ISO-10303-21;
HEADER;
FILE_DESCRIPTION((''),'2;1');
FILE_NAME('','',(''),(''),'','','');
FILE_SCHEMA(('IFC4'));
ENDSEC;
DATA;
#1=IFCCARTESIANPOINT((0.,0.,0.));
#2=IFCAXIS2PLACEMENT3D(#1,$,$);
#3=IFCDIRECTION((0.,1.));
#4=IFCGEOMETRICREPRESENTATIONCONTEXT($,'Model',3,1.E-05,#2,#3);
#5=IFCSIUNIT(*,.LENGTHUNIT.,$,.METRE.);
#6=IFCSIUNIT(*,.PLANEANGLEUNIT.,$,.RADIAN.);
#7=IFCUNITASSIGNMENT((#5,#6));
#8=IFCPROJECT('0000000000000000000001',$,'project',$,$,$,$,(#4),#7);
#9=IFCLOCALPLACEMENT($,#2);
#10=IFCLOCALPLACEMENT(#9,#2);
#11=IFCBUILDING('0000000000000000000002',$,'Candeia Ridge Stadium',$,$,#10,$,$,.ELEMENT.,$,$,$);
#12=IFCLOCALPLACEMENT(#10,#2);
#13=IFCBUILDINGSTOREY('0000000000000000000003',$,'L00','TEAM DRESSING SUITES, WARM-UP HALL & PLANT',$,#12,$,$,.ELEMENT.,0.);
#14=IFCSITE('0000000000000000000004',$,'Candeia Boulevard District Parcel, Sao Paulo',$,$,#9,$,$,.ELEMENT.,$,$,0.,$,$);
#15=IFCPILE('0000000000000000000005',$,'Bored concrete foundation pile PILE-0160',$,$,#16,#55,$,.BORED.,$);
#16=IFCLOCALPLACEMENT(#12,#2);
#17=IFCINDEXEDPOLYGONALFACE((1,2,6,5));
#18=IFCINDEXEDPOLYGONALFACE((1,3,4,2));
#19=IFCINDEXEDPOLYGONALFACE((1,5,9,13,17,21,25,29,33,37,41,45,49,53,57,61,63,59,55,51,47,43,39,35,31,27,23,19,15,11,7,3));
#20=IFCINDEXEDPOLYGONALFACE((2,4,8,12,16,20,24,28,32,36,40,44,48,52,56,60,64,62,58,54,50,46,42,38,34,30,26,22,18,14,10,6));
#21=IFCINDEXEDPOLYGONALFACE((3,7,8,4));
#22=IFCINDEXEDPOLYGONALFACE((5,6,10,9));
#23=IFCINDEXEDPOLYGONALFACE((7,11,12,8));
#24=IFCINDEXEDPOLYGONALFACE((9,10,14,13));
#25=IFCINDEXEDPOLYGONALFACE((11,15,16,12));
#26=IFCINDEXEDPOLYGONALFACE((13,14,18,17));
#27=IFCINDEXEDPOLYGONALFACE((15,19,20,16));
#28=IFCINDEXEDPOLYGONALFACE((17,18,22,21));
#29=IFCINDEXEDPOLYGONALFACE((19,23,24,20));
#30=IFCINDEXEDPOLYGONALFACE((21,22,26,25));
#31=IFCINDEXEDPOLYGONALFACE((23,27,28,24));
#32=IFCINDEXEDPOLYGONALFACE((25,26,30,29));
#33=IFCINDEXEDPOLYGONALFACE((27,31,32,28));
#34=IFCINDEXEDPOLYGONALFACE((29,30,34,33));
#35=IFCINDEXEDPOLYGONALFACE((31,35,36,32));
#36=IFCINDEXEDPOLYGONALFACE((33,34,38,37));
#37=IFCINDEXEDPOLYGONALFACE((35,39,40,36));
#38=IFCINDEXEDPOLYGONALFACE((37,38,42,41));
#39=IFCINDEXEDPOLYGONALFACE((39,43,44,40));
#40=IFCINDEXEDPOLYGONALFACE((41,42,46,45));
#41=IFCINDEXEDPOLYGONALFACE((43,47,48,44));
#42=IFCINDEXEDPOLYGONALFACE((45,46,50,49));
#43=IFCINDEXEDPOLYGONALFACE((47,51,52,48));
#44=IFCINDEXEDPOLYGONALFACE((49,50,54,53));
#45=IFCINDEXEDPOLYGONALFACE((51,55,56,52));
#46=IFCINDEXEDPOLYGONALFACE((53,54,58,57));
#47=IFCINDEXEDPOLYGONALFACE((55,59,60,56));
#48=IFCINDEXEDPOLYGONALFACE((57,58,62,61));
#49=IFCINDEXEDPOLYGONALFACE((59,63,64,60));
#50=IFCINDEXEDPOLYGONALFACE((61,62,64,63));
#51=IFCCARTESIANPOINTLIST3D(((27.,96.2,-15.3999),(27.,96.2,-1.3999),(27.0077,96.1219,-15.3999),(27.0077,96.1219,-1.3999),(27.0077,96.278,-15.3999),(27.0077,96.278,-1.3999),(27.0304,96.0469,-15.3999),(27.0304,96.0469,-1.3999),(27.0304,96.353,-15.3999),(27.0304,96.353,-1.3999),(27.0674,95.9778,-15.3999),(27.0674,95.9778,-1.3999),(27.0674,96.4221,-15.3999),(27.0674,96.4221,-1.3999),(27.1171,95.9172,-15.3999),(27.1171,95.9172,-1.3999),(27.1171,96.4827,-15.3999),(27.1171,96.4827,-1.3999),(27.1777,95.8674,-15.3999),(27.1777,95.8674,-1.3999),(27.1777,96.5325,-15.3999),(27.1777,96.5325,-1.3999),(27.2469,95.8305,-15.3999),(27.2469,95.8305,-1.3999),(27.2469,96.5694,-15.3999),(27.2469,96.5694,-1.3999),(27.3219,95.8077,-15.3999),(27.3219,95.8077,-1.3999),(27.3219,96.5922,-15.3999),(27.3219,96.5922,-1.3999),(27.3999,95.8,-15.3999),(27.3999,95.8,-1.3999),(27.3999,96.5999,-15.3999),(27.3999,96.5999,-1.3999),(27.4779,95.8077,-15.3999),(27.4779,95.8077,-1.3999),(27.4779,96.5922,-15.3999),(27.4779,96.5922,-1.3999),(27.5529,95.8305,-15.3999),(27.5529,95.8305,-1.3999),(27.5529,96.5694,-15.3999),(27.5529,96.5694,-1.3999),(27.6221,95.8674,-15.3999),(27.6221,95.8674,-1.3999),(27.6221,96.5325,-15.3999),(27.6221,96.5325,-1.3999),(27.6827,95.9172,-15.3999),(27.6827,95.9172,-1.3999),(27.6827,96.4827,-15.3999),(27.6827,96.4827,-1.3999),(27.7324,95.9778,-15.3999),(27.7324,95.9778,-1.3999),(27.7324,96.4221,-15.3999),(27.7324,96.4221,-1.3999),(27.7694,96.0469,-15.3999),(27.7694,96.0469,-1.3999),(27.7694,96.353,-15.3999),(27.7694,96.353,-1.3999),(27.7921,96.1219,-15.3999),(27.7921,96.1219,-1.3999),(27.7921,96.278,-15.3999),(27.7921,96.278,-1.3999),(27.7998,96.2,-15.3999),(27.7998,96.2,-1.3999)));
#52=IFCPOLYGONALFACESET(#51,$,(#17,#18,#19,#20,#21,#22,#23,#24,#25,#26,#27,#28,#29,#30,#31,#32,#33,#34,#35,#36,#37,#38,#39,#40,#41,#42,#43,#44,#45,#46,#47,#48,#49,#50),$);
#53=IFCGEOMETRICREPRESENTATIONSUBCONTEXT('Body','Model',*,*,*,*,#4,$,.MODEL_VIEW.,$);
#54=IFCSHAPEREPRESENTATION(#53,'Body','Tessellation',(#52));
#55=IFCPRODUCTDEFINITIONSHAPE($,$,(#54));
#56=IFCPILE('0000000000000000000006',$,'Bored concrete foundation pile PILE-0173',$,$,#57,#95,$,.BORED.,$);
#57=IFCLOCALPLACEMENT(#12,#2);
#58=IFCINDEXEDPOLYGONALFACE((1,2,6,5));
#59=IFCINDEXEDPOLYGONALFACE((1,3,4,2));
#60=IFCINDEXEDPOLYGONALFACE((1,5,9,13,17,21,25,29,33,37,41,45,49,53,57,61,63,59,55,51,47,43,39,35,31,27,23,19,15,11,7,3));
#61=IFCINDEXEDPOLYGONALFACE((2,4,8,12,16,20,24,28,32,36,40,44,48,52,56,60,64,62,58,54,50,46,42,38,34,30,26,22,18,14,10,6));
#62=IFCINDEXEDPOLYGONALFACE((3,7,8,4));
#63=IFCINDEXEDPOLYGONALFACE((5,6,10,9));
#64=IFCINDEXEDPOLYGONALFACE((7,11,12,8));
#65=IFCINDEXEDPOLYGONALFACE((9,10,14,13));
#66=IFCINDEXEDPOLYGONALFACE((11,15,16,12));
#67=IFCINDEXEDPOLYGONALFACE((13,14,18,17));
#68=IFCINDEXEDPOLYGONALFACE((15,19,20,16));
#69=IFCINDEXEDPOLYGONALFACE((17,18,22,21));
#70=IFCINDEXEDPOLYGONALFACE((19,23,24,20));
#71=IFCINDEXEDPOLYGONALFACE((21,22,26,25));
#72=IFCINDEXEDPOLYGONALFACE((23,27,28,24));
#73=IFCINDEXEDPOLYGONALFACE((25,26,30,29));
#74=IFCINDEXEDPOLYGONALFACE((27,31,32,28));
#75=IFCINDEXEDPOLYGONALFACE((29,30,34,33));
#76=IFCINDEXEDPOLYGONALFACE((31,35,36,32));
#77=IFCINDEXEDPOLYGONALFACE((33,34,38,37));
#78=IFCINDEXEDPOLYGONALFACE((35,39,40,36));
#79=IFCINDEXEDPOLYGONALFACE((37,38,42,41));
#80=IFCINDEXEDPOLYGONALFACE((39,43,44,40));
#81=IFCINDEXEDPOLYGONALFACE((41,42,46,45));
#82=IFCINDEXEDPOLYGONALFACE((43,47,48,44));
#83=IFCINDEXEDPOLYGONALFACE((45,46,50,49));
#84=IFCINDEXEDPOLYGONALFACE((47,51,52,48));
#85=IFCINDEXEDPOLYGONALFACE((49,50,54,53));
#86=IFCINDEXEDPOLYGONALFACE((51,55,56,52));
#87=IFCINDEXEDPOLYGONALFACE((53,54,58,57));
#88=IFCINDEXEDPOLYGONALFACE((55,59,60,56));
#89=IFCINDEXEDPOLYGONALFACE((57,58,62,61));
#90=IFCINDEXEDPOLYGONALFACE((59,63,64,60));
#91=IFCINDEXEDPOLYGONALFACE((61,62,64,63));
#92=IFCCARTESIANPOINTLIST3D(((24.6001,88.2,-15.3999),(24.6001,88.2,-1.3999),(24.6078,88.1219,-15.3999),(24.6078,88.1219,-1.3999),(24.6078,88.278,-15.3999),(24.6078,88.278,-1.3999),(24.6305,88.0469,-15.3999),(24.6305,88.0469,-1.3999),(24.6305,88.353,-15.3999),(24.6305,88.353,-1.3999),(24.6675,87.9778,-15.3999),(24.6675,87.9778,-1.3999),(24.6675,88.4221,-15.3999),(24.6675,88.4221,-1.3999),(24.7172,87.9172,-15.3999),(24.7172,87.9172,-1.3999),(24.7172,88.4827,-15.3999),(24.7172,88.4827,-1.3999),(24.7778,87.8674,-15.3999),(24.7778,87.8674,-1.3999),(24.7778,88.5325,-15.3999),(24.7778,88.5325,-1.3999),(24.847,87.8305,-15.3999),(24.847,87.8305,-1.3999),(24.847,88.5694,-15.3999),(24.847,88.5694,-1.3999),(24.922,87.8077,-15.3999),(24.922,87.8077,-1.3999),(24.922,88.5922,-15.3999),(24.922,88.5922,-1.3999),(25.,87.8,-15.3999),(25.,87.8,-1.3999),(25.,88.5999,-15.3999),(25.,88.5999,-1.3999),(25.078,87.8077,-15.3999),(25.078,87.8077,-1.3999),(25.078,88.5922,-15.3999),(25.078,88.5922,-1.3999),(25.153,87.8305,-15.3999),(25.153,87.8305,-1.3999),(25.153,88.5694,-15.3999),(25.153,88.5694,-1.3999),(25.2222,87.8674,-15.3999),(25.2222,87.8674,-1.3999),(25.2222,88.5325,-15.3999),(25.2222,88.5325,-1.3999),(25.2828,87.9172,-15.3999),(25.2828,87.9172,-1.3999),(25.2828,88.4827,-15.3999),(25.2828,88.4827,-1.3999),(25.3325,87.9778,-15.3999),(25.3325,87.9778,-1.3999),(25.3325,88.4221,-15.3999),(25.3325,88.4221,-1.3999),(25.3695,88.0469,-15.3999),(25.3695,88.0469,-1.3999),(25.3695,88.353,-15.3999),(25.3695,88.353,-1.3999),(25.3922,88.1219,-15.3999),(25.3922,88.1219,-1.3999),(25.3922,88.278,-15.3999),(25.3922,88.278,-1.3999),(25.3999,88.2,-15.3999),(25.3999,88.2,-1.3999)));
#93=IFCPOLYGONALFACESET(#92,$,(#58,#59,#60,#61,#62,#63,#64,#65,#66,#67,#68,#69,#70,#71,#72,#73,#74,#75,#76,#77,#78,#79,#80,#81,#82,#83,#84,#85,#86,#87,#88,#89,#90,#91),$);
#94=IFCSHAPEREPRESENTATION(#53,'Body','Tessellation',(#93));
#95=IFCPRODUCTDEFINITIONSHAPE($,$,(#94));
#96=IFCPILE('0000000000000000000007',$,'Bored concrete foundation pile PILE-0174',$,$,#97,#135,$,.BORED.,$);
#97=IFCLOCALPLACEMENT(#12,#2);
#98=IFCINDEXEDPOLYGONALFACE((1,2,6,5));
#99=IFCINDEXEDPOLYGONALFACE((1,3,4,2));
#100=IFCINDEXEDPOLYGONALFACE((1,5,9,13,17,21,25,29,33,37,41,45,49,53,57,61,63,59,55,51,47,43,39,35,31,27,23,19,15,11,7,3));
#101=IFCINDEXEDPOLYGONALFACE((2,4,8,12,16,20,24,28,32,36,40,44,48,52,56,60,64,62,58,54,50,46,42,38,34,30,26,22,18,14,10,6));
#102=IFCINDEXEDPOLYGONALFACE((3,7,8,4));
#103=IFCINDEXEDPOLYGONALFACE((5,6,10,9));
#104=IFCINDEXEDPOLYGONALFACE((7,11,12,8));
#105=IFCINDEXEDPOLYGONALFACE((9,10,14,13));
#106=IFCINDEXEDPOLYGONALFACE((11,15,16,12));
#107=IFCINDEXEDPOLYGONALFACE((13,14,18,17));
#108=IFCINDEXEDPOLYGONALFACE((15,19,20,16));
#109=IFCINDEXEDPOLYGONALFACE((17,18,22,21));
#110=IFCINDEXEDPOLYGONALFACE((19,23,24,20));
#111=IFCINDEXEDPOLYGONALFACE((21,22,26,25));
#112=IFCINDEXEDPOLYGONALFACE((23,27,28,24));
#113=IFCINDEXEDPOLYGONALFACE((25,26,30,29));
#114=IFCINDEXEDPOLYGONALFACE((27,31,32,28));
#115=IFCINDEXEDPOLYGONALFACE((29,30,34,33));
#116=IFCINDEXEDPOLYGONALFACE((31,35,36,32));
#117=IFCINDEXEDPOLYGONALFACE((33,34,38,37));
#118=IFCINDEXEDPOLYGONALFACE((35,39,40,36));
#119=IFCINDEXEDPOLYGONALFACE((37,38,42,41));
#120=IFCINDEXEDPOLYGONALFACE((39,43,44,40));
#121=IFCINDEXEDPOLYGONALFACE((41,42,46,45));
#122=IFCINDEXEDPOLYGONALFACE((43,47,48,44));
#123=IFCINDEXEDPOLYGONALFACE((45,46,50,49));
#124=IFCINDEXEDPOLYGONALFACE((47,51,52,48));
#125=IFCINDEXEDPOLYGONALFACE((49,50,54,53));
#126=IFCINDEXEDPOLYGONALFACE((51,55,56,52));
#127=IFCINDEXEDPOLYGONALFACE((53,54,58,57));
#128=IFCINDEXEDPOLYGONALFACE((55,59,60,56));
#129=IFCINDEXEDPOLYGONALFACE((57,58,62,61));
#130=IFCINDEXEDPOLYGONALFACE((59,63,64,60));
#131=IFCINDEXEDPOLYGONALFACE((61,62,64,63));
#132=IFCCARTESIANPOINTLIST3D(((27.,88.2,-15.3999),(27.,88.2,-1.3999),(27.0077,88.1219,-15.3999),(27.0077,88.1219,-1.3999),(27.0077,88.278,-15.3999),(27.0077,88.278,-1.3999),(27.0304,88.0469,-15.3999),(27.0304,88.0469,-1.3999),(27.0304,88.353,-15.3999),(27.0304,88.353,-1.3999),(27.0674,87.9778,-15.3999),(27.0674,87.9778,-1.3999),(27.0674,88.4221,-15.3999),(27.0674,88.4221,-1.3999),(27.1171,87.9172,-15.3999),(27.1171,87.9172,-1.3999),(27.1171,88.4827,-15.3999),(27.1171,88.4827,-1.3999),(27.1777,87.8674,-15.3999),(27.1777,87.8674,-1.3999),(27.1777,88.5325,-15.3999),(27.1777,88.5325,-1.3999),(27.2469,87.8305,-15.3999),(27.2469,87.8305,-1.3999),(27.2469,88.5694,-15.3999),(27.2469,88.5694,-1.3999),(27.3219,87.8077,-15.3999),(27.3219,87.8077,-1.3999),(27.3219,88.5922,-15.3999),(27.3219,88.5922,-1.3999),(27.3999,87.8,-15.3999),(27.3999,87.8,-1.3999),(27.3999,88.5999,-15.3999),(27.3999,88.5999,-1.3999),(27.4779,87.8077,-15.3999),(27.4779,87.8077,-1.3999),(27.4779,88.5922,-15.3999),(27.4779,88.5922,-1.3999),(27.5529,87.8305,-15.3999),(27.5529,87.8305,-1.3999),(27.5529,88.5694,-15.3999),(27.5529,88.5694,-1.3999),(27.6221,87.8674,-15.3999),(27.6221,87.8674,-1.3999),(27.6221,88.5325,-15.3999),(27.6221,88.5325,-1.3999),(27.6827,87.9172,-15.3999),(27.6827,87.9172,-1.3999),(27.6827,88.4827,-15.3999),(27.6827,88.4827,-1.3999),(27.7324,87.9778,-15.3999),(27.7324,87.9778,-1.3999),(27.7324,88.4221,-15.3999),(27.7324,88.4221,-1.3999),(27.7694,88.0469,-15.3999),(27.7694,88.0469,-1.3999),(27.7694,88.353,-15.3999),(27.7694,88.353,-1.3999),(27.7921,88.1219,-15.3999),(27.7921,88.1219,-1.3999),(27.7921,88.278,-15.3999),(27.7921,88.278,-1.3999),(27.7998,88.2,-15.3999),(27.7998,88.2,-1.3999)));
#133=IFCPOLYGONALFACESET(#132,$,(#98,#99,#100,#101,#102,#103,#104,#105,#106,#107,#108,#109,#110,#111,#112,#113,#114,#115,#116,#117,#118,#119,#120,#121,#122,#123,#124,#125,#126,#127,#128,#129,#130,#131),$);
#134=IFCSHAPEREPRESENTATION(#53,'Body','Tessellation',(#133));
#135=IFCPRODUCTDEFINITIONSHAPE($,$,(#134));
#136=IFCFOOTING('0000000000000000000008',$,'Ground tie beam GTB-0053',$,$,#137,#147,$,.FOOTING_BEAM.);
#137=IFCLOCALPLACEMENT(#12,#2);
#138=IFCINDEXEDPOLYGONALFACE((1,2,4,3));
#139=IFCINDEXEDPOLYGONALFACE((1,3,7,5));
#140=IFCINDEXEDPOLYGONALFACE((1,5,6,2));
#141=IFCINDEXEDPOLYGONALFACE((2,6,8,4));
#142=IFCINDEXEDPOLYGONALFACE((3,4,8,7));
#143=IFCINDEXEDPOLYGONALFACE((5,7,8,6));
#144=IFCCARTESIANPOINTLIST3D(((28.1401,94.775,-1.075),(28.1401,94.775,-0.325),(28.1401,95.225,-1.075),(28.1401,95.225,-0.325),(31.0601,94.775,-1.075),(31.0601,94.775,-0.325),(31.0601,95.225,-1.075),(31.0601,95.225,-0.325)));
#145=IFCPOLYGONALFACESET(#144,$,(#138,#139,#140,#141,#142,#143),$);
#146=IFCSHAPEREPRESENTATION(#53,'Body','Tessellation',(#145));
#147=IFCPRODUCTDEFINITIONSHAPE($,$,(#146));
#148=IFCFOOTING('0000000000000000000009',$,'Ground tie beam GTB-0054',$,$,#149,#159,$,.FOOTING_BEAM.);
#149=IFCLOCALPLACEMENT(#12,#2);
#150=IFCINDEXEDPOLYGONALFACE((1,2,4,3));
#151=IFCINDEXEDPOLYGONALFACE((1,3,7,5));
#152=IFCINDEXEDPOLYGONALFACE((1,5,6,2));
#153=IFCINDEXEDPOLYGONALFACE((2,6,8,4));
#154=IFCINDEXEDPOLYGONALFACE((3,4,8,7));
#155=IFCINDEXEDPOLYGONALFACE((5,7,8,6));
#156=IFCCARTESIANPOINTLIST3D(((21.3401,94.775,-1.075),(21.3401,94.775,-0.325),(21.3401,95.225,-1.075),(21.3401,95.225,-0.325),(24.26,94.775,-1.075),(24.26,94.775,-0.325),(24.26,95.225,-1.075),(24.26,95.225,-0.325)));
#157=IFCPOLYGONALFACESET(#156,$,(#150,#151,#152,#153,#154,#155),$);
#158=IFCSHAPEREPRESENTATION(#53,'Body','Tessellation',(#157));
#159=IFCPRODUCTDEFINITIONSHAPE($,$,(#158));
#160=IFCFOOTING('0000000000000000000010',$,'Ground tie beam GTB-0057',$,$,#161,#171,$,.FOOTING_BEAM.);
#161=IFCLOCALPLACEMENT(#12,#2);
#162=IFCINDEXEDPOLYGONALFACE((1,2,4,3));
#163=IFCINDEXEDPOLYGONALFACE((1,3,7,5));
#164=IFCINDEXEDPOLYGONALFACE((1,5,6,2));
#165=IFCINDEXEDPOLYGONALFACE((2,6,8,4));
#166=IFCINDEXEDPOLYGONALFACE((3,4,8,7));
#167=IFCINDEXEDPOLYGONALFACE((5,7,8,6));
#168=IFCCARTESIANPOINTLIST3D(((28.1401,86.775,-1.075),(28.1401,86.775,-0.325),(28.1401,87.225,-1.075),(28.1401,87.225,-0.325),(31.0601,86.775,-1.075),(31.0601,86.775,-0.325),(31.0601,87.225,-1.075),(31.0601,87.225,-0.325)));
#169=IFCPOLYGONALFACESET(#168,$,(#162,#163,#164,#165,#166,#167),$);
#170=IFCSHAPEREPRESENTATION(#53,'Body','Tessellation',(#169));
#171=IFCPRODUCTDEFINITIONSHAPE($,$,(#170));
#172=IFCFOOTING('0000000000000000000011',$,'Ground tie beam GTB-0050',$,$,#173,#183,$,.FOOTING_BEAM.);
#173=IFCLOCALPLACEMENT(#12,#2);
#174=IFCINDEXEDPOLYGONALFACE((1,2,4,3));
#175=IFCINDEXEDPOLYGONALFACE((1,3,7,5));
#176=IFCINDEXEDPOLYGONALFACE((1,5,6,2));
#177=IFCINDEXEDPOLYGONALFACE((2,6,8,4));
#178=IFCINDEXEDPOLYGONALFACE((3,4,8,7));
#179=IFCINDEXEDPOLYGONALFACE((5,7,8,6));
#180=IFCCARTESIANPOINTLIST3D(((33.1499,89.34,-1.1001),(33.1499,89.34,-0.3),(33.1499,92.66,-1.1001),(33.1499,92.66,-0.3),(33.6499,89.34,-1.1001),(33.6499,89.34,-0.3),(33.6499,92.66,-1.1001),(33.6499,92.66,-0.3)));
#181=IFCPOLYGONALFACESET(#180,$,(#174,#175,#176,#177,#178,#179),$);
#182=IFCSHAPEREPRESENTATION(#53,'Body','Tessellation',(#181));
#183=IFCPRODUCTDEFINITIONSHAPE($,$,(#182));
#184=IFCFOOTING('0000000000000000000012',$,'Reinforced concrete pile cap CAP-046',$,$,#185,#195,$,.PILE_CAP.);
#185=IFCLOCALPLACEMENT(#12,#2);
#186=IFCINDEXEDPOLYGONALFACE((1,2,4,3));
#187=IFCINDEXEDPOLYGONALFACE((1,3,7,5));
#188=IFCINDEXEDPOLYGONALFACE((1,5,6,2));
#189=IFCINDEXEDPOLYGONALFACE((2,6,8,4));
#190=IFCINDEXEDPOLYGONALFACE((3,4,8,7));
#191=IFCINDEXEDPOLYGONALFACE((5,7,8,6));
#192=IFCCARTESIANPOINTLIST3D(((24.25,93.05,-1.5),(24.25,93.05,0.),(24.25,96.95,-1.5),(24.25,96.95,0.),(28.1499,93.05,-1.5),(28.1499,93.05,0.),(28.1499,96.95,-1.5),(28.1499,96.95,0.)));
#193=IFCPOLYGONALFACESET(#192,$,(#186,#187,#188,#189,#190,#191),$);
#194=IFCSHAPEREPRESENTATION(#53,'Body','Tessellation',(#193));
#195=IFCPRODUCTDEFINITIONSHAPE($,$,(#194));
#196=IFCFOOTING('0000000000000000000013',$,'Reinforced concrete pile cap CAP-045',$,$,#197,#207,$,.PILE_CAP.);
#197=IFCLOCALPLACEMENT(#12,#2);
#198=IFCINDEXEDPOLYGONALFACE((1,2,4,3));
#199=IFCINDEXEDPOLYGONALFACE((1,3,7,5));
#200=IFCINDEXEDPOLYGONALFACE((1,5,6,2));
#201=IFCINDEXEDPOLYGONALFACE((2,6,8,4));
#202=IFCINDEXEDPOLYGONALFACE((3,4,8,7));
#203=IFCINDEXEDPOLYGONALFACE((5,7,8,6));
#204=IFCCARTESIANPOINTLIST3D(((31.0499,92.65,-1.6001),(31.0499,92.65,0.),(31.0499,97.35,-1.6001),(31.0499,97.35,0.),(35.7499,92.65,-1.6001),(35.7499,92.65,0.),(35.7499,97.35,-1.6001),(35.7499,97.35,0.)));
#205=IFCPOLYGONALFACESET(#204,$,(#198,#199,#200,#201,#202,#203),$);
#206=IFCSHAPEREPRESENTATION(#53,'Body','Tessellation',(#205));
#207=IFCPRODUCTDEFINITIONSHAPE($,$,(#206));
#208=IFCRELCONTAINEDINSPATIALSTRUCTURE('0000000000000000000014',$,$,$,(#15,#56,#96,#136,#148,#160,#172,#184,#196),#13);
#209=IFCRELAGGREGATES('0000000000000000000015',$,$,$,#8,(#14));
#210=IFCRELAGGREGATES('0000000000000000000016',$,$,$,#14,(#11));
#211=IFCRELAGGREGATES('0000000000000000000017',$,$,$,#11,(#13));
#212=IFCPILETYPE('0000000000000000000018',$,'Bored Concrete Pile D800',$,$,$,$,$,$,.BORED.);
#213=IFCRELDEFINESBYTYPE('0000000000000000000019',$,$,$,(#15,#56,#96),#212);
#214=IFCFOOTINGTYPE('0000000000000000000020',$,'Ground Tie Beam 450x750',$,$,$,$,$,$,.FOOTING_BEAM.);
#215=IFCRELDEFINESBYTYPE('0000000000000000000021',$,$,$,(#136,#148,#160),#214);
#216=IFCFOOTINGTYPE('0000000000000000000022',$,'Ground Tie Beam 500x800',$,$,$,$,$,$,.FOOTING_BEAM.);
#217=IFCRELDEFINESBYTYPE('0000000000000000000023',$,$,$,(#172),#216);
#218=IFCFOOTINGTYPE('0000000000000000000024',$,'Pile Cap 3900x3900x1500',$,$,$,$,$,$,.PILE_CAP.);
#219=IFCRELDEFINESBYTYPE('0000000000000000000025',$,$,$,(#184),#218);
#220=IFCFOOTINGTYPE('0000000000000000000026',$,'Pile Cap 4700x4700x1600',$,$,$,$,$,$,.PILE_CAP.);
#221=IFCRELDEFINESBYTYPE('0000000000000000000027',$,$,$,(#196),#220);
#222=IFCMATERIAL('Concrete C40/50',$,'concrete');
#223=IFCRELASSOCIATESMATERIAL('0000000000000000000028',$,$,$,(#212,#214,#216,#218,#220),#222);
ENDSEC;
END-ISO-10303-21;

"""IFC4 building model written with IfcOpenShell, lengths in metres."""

from ifc_helpers import new_model, si_unit, direction, frame, origin, origin_2d, place, context, subcontext, project, spatial, rectangle, circle, extrude, material, material_profile, profile_set, type_object, element, save


model = new_model("IFC4")

# Units and contexts
model_context = context("Model", 3, precision=1e-05, world=origin(), true_north=direction((0.0, 1.0)))
body_context = subcontext(model_context, "Body", "Model", "MODEL_VIEW")
ifc_project = project(units=[si_unit("LENGTHUNIT", "METRE"), si_unit("PLANEANGLEUNIT", "RADIAN")], contexts=[model_context])

# Site, building, storey
site_placement = place(None, origin())
site = spatial("IfcSite", under=ifc_project, at=site_placement, Name="Candeia Boulevard District Parcel, Sao Paulo", CompositionType="ELEMENT", RefElevation=0.0)
building_placement = place(site_placement, origin())
building = spatial("IfcBuilding", under=site, at=building_placement, Name="Candeia Ridge Stadium", CompositionType="ELEMENT")
storey_placement = place(building_placement, origin())
storey = spatial("IfcBuildingStorey", under=building, at=storey_placement, Name="L00", Description="TEAM DRESSING SUITES, WARM-UP HALL & PLANT", CompositionType="ELEMENT", Elevation=0.0)

# Piles
ifc_material_1 = material(Name="Concrete C40/50", Category="concrete")
ifc_material_profile_1 = material_profile(ifc_material_1, circle(Radius=0.3999, at=origin_2d()), Name="PILE-D800", Category="concrete")
ifc_profile_set_1 = profile_set([ifc_material_profile_1], Name="Concrete C40/50")
pile_type_1 = type_object("IfcPileType", Name="Bored Concrete Pile D800", PredefinedType="BORED", material=ifc_profile_set_1)
for number, where, z_axis, x_axis, name in (
    (1, (27.3999, 96.2, -1.3999), (0.0, 0.0, -1.0), (1.0, 0.0, 0.0), "Bored concrete foundation pile PILE-0160"),
    (2, (25.0, 88.2, -1.3999), (0.0, 0.0, -1.0), (1.0, 0.0, 0.0), "Bored concrete foundation pile PILE-0173"),
    (3, (27.3999, 88.2, -1.3999), (0.0, 0.0, -1.0), (1.0, 0.0, 0.0), "Bored concrete foundation pile PILE-0174"),
):
    element("IfcPile", number, at=place(storey_placement, frame(where, z_axis=z_axis, x_axis=x_axis)), inside=storey, type_object=pile_type_1, Name=name, PredefinedType="BORED", context=body_context, shape_type="SweptSolid", body=[
        extrude(circle(Radius=0.3999, at=origin_2d()), origin(), (0.0, 0.0, 1.0), 14.0),
    ])

# Footings
footing_type_1 = type_object("IfcFootingType", Name="Ground Tie Beam 450x750", PredefinedType="FOOTING_BEAM", material=ifc_material_1)
for number, where, z_axis, x_axis, name in (
    (4, (29.6001, 95.0, -1.075), (0.0, 0.0, 1.0), (-1.0, 0.0, 0.0), "Ground tie beam GTB-0053"),
    (5, (22.8, 95.0, -1.075), (0.0, 0.0, 1.0), (-1.0, 0.0, 0.0), "Ground tie beam GTB-0054"),
    (6, (29.6001, 87.0, -1.075), (0.0, 0.0, 1.0), (-1.0, 0.0, 0.0), "Ground tie beam GTB-0057"),
):
    element("IfcFooting", number, at=place(storey_placement, frame(where, z_axis=z_axis, x_axis=x_axis)), inside=storey, type_object=footing_type_1, Name=name, PredefinedType="FOOTING_BEAM", context=body_context, shape_type="SweptSolid", body=[
        extrude(rectangle(XDim=2.9199, YDim=0.45, at=origin_2d()), origin(), (0.0, 0.0, 1.0), 0.75),
    ])
footing_type_2 = type_object("IfcFootingType", Name="Ground Tie Beam 500x800", PredefinedType="FOOTING_BEAM", material=ifc_material_1)
footing_1_placement = place(storey_placement, frame((33.3999, 91.0, -1.1001), z_axis=(0.0, 0.0, 1.0), x_axis=(0.0, -1.0, 0.0)))
element("IfcFooting", 7, at=footing_1_placement, inside=storey, type_object=footing_type_2, Name="Ground tie beam GTB-0050", PredefinedType="FOOTING_BEAM", context=body_context, shape_type="SweptSolid", body=[
    extrude(rectangle(XDim=3.3201, YDim=0.5, at=origin_2d()), origin(), (0.0, 0.0, 1.0), 0.8),
])
footing_type_3 = type_object("IfcFootingType", Name="Pile Cap 3900x3900x1500", PredefinedType="PILE_CAP", material=ifc_material_1)
footing_2_placement = place(storey_placement, frame((26.2, 95.0, -1.5), z_axis=(0.0, 0.0, 1.0), x_axis=(1.0, 0.0, 0.0)))
element("IfcFooting", 8, at=footing_2_placement, inside=storey, type_object=footing_type_3, Name="Reinforced concrete pile cap CAP-046", PredefinedType="PILE_CAP", context=body_context, shape_type="SweptSolid", body=[
    extrude(rectangle(XDim=3.8999, YDim=3.8999, at=origin_2d()), origin(), (0.0, 0.0, 1.0), 1.5),
])
footing_type_4 = type_object("IfcFootingType", Name="Pile Cap 4700x4700x1600", PredefinedType="PILE_CAP", material=ifc_material_1)
for number, where, z_axis, x_axis, name in (
    (9, (33.3999, 95.0, -1.6001), (0.0, 0.0, 1.0), (1.0, 0.0, 0.0), "Reinforced concrete pile cap CAP-045"),
):
    element("IfcFooting", number, at=place(storey_placement, frame(where, z_axis=z_axis, x_axis=x_axis)), inside=storey, type_object=footing_type_4, Name=name, PredefinedType="PILE_CAP", context=body_context, shape_type="SweptSolid", body=[
        extrude(rectangle(XDim=4.7, YDim=4.7, at=origin_2d()), origin(), (0.0, 0.0, 1.0), 1.6001),
    ])

save(model, "model.ifc")
